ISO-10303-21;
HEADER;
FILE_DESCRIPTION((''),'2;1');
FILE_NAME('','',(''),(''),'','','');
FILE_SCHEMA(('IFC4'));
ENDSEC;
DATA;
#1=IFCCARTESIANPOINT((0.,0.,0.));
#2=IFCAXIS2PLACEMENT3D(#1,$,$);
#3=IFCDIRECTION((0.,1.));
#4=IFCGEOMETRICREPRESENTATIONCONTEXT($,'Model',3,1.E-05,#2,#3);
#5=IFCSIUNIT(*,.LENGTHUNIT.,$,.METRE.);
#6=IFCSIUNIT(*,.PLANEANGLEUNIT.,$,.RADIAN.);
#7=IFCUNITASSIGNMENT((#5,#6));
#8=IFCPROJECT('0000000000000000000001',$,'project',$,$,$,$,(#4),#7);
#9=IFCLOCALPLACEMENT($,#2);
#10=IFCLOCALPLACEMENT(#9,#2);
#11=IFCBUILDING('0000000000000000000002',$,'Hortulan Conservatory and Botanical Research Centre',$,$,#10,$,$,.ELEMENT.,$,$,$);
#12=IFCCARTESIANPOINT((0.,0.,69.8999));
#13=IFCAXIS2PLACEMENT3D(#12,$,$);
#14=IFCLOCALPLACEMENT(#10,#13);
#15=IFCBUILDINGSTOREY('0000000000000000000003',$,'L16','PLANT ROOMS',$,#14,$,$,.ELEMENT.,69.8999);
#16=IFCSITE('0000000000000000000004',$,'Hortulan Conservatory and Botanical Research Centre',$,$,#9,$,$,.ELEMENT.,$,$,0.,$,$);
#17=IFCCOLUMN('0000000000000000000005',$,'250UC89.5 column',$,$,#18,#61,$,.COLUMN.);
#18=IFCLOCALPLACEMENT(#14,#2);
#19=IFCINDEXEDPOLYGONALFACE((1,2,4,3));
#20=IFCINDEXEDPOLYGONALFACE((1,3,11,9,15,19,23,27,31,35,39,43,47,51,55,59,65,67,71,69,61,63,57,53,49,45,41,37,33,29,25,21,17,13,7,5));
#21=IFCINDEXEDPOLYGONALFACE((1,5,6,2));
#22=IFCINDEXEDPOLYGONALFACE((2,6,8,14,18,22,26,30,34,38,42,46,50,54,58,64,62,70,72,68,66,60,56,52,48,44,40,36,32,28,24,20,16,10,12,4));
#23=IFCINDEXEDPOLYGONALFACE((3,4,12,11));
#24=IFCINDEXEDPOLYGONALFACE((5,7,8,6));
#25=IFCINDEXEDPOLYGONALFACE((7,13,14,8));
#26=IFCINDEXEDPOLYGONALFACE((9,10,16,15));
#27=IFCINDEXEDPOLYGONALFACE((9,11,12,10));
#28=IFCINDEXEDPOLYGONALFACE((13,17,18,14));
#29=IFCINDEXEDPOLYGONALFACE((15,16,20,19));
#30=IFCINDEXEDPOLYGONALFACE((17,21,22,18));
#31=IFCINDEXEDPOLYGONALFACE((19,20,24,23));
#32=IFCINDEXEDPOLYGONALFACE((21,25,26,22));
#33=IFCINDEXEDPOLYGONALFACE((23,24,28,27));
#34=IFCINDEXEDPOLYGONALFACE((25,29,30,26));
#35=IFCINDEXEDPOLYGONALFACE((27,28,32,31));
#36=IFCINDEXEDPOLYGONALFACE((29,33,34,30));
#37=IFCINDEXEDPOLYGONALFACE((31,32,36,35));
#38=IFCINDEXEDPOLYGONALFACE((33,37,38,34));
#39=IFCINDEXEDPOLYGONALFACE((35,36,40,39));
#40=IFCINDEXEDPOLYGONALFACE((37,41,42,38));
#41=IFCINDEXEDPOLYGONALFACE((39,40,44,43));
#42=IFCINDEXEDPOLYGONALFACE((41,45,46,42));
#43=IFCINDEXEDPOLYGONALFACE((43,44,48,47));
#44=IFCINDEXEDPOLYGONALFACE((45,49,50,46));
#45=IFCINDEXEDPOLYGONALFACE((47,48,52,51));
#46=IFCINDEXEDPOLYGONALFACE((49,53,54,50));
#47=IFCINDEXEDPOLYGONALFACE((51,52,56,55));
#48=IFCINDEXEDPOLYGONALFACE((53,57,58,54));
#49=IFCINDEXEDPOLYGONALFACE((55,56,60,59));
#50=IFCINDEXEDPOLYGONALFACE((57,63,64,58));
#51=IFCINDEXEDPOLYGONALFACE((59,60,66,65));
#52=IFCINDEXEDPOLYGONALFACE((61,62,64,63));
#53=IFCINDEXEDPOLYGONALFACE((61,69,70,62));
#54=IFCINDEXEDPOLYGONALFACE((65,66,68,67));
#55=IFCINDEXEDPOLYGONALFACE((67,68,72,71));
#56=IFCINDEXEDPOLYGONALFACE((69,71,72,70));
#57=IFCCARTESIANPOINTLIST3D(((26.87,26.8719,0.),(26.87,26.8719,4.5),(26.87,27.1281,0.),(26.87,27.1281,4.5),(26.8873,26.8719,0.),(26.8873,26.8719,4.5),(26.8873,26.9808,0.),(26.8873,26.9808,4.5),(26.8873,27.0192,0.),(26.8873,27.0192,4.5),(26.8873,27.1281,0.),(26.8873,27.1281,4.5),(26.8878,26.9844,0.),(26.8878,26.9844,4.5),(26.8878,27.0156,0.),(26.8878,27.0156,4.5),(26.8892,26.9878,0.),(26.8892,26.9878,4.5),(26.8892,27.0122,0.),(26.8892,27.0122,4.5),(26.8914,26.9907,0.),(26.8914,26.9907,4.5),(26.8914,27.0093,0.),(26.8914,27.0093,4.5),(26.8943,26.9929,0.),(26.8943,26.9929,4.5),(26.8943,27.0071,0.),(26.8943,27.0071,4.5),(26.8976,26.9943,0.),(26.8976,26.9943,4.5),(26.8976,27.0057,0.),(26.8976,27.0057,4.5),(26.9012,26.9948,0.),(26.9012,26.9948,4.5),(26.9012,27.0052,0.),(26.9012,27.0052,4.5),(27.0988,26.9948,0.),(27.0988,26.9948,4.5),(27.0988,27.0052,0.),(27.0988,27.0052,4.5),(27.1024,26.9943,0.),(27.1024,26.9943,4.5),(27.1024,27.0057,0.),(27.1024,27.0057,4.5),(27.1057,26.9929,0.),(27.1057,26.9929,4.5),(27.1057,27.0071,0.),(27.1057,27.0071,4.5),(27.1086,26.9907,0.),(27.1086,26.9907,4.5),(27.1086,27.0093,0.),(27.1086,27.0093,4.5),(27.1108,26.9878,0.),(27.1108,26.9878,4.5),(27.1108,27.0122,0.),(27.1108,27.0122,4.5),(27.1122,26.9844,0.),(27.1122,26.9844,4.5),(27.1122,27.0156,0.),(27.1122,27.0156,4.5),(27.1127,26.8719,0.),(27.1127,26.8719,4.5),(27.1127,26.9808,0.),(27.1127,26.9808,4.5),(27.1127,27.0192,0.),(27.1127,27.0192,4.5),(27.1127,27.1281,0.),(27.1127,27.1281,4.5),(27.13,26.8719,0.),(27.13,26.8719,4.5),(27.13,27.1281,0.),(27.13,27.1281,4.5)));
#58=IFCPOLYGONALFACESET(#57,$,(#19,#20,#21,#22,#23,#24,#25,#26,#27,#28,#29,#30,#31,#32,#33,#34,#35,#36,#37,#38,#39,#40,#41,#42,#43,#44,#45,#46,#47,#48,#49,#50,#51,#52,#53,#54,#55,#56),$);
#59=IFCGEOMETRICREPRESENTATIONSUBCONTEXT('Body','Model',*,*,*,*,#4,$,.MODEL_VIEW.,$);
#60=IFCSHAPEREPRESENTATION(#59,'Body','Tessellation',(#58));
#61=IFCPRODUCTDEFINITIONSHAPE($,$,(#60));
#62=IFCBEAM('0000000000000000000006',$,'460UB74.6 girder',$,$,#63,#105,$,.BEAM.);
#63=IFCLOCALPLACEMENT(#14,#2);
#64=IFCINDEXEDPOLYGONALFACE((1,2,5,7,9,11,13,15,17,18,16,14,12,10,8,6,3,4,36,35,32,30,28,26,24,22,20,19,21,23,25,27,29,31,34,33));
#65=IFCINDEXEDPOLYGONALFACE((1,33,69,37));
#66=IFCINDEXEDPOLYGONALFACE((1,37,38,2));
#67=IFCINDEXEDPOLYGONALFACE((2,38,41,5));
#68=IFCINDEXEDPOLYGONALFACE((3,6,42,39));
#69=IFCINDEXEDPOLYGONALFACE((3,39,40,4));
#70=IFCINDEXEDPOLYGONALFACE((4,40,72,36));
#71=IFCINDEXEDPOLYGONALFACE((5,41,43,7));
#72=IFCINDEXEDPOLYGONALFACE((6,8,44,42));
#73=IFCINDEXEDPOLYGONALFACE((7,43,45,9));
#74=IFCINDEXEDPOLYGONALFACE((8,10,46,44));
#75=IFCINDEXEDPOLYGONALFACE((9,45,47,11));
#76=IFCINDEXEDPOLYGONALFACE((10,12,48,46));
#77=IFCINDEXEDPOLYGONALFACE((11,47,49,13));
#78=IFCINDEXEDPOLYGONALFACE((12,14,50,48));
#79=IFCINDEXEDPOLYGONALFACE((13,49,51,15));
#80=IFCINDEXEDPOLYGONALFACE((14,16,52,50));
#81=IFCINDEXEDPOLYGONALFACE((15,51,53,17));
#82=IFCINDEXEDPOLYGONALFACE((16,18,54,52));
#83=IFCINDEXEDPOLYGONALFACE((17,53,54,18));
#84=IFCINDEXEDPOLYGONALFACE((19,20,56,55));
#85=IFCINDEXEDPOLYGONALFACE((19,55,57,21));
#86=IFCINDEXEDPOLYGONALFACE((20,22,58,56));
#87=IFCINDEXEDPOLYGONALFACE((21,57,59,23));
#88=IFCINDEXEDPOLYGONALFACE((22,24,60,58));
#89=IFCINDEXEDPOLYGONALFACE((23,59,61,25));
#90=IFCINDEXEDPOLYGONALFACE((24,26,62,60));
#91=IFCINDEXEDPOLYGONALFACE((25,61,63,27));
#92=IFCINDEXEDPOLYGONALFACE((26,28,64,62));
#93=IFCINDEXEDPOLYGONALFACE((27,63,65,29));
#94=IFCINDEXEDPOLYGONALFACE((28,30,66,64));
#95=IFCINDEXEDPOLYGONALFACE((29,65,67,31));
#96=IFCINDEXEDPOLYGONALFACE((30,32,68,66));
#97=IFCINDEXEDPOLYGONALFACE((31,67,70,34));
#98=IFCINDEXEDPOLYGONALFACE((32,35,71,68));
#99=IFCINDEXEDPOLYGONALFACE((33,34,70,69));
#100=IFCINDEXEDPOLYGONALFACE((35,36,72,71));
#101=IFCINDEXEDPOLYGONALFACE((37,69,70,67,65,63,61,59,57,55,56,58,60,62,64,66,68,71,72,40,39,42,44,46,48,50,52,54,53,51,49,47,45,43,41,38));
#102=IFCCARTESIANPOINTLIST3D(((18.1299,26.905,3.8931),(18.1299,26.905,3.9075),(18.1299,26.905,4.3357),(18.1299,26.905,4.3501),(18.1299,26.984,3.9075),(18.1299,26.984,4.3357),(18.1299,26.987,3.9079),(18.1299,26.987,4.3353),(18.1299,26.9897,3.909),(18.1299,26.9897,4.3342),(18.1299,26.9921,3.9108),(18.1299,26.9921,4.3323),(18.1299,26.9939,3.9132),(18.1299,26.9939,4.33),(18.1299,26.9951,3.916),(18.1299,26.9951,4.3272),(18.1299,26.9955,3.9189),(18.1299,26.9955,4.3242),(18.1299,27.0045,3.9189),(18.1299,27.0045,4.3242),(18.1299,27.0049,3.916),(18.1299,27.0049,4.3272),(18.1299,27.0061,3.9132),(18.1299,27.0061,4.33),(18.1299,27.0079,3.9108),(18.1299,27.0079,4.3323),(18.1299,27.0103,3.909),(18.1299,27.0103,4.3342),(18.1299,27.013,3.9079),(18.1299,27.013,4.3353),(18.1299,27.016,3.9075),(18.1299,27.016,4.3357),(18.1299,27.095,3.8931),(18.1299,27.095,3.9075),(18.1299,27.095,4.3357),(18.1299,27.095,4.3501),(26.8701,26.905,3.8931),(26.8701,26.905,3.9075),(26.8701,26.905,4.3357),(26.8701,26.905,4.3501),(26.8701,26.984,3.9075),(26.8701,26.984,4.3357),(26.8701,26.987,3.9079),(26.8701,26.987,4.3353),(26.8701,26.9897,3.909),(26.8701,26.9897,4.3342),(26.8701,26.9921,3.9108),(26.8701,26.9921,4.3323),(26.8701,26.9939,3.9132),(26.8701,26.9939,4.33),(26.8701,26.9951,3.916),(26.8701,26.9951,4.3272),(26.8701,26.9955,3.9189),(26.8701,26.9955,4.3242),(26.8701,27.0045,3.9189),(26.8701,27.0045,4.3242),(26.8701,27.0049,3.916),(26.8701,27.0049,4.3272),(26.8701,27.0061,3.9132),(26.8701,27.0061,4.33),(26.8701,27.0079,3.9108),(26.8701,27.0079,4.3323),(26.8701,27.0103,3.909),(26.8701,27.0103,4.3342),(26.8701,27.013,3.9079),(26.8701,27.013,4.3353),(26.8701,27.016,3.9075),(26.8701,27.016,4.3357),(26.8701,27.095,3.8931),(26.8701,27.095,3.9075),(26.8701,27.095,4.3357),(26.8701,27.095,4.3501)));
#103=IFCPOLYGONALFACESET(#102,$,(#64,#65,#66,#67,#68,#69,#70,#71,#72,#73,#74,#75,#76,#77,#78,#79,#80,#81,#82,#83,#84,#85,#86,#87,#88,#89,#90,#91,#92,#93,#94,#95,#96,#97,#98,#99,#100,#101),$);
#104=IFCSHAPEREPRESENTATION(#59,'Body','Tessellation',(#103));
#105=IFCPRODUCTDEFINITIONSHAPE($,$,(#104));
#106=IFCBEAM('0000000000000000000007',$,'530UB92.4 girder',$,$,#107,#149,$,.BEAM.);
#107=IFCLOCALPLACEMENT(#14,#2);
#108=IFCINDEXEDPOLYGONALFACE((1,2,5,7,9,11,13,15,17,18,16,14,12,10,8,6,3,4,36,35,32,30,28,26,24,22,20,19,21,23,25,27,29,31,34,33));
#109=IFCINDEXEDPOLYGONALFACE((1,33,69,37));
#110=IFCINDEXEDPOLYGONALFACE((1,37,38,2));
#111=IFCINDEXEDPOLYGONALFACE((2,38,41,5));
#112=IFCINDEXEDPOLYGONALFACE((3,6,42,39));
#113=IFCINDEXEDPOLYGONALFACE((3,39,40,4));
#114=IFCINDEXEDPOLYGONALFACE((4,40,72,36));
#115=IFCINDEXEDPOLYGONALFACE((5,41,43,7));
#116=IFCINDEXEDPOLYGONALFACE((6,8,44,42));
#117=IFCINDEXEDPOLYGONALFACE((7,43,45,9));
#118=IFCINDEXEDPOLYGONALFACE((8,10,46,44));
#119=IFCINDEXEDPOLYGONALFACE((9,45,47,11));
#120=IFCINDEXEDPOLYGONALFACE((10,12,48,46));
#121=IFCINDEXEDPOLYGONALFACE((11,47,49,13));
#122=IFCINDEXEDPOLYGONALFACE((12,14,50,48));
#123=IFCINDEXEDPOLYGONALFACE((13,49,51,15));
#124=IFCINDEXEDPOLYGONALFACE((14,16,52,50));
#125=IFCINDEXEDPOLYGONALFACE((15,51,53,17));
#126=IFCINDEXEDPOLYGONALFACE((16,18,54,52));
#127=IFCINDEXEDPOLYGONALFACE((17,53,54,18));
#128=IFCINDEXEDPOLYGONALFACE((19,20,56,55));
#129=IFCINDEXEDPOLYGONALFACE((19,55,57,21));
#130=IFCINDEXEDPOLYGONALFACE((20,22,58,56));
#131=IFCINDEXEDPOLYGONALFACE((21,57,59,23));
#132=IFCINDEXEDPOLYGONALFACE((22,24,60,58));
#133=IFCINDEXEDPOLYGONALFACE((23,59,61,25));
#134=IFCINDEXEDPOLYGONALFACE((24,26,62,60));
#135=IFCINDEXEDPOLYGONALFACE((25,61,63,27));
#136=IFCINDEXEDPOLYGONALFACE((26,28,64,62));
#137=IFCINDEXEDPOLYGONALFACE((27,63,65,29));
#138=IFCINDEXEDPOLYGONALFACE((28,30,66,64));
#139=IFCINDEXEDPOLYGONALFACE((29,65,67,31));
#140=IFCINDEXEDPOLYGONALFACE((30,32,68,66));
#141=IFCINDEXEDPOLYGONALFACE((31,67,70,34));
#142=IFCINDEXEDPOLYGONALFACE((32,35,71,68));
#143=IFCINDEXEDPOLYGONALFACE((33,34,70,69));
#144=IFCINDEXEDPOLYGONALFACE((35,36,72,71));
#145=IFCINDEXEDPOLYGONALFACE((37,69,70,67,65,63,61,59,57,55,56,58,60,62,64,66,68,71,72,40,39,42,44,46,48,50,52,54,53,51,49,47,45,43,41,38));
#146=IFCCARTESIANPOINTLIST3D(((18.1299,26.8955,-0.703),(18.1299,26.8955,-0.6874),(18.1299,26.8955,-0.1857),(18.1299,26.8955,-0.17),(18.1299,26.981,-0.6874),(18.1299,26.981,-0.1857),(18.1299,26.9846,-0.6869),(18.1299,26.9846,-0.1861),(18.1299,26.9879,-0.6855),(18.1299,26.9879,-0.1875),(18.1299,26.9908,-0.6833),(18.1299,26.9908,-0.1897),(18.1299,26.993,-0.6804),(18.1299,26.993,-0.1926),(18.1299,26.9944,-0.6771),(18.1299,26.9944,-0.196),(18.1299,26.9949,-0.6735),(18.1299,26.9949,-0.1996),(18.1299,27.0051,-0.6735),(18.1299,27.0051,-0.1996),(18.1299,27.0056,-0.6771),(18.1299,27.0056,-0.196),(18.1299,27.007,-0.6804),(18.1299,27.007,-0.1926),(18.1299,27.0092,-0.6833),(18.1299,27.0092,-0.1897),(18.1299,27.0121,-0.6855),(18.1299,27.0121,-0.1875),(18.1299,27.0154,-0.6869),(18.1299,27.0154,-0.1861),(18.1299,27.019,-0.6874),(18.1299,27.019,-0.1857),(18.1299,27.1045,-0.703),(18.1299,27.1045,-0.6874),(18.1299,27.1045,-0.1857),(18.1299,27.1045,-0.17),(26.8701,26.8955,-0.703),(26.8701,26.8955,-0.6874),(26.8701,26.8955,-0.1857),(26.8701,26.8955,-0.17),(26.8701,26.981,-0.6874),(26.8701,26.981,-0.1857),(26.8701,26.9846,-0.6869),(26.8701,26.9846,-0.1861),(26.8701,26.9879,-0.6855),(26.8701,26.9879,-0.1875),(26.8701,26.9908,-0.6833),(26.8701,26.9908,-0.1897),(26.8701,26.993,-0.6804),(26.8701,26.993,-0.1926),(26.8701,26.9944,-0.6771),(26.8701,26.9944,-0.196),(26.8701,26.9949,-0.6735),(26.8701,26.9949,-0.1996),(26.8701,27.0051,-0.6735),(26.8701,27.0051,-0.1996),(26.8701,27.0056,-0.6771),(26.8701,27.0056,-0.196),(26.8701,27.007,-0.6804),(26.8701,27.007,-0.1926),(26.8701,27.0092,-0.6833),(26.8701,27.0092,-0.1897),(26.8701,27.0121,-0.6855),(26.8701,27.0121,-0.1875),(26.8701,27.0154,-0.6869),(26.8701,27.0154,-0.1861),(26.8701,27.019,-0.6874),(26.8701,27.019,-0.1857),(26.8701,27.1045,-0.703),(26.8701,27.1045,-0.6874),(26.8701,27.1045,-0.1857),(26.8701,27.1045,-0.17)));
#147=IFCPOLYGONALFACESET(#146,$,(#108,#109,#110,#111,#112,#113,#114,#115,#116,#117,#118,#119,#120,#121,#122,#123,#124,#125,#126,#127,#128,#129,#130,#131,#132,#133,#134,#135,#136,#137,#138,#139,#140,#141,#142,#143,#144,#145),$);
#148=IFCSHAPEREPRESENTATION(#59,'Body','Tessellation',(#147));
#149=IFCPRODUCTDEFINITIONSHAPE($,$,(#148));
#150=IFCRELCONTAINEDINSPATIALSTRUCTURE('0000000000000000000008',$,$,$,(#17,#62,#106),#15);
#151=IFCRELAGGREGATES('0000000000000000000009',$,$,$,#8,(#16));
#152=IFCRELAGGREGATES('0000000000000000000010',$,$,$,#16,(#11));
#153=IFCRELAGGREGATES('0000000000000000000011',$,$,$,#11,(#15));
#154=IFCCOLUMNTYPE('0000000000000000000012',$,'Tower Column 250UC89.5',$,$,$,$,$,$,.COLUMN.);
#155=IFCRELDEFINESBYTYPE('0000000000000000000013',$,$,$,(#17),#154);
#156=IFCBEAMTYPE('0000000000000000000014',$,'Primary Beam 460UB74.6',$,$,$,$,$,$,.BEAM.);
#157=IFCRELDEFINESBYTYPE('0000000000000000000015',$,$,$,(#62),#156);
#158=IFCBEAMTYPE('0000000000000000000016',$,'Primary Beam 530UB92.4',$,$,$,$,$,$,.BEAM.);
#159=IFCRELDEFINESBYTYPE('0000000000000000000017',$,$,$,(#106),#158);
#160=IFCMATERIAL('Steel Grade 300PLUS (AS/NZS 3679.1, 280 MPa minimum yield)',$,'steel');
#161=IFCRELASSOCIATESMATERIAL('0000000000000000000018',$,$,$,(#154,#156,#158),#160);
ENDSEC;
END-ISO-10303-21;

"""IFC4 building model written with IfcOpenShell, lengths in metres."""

from ifc_helpers import new_model, si_unit, direction, frame, origin, origin_2d, place, context, subcontext, project, spatial, i_section, extrude, material, material_profile, profile_set, type_object, element, save


model = new_model("IFC4")

# Units and contexts
model_context = context("Model", 3, precision=1e-05, world=origin(), true_north=direction((0.0, 1.0)))
body_context = subcontext(model_context, "Body", "Model", "MODEL_VIEW")
ifc_project = project(units=[si_unit("LENGTHUNIT", "METRE"), si_unit("PLANEANGLEUNIT", "RADIAN")], contexts=[model_context])

# Site, building, storey
site_placement = place(None, origin())
site = spatial("IfcSite", under=ifc_project, at=site_placement, Name="Hortulan Conservatory and Botanical Research Centre", CompositionType="ELEMENT", RefElevation=0.0)
building_placement = place(site_placement, origin())
building = spatial("IfcBuilding", under=site, at=building_placement, Name="Hortulan Conservatory and Botanical Research Centre", CompositionType="ELEMENT")
storey_placement = place(building_placement, frame((0.0, 0.0, 69.8999)))
storey = spatial("IfcBuildingStorey", under=building, at=storey_placement, Name="L16", Description="PLANT ROOMS", CompositionType="ELEMENT", Elevation=69.8999)

# Column
ifc_material_1 = material(Name="Steel Grade 300PLUS (AS/NZS 3679.1, 280 MPa minimum yield)", Category="steel")
ifc_material_profile_1 = material_profile(ifc_material_1, i_section(OverallWidth=0.2561, OverallDepth=0.26, WebThickness=0.0105, FlangeThickness=0.0173, FilletRadius=0.0139, at=origin_2d()), Name="250UC89.5")
ifc_profile_set_1 = profile_set([ifc_material_profile_1], Name="Steel Grade 300PLUS (AS/NZS 3679.1, 280 MPa minimum yield)")
column_type = type_object("IfcColumnType", Name="Tower Column 250UC89.5", PredefinedType="COLUMN", material=ifc_profile_set_1)
column_placement = place(storey_placement, frame((27.0, 27.0, 0.0), z_axis=(0.0, 0.0, 1.0), x_axis=(0.0, 1.0, 0.0)))
element("IfcColumn", 1, at=column_placement, inside=storey, type_object=column_type, Name="250UC89.5 column", PredefinedType="COLUMN", context=body_context, shape_type="SweptSolid", body=[
    extrude(i_section(OverallWidth=0.2561, OverallDepth=0.26, WebThickness=0.0105, FlangeThickness=0.0173, FilletRadius=0.0139, at=origin_2d()), origin(), (0.0, 0.0, 1.0), 4.5),
])

# Beams
ifc_material_profile_2 = material_profile(ifc_material_1, i_section(OverallWidth=0.1899, OverallDepth=0.457, WebThickness=0.009, FlangeThickness=0.0144, FilletRadius=0.0115, at=origin_2d()), Name="460UB74.6")
ifc_profile_set_2 = profile_set([ifc_material_profile_2], Name="Steel Grade 300PLUS (AS/NZS 3679.1, 280 MPa minimum yield)")
beam_type_1 = type_object("IfcBeamType", Name="Primary Beam 460UB74.6", PredefinedType="BEAM", material=ifc_profile_set_2)
beam_1_placement = place(storey_placement, frame((18.1299, 27.0, 4.1216), z_axis=(1.0, 0.0, 0.0), x_axis=(0.0, 1.0, 0.0)))
element("IfcBeam", 2, at=beam_1_placement, inside=storey, type_object=beam_type_1, Name="460UB74.6 girder", PredefinedType="BEAM", context=body_context, shape_type="SweptSolid", body=[
    extrude(i_section(OverallWidth=0.1899, OverallDepth=0.457, WebThickness=0.009, FlangeThickness=0.0144, FilletRadius=0.0115, at=origin_2d()), origin(), (0.0, 0.0, 1.0), 8.7402),
])
ifc_material_profile_3 = material_profile(ifc_material_1, i_section(OverallWidth=0.209, OverallDepth=0.533, WebThickness=0.0103, FlangeThickness=0.0156, FilletRadius=0.0139, at=origin_2d()), Name="530UB92.4")
ifc_profile_set_3 = profile_set([ifc_material_profile_3], Name="Steel Grade 300PLUS (AS/NZS 3679.1, 280 MPa minimum yield)")
beam_type_2 = type_object("IfcBeamType", Name="Primary Beam 530UB92.4", PredefinedType="BEAM", material=ifc_profile_set_3)
beam_2_placement = place(storey_placement, frame((18.1299, 27.0, -0.4365), z_axis=(1.0, 0.0, 0.0), x_axis=(0.0, 1.0, 0.0)))
element("IfcBeam", 3, at=beam_2_placement, inside=storey, type_object=beam_type_2, Name="530UB92.4 girder", PredefinedType="BEAM", context=body_context, shape_type="SweptSolid", body=[
    extrude(i_section(OverallWidth=0.209, OverallDepth=0.533, WebThickness=0.0103, FlangeThickness=0.0156, FilletRadius=0.0139, at=origin_2d()), origin(), (0.0, 0.0, 1.0), 8.7402),
])

save(model, "model.ifc")
